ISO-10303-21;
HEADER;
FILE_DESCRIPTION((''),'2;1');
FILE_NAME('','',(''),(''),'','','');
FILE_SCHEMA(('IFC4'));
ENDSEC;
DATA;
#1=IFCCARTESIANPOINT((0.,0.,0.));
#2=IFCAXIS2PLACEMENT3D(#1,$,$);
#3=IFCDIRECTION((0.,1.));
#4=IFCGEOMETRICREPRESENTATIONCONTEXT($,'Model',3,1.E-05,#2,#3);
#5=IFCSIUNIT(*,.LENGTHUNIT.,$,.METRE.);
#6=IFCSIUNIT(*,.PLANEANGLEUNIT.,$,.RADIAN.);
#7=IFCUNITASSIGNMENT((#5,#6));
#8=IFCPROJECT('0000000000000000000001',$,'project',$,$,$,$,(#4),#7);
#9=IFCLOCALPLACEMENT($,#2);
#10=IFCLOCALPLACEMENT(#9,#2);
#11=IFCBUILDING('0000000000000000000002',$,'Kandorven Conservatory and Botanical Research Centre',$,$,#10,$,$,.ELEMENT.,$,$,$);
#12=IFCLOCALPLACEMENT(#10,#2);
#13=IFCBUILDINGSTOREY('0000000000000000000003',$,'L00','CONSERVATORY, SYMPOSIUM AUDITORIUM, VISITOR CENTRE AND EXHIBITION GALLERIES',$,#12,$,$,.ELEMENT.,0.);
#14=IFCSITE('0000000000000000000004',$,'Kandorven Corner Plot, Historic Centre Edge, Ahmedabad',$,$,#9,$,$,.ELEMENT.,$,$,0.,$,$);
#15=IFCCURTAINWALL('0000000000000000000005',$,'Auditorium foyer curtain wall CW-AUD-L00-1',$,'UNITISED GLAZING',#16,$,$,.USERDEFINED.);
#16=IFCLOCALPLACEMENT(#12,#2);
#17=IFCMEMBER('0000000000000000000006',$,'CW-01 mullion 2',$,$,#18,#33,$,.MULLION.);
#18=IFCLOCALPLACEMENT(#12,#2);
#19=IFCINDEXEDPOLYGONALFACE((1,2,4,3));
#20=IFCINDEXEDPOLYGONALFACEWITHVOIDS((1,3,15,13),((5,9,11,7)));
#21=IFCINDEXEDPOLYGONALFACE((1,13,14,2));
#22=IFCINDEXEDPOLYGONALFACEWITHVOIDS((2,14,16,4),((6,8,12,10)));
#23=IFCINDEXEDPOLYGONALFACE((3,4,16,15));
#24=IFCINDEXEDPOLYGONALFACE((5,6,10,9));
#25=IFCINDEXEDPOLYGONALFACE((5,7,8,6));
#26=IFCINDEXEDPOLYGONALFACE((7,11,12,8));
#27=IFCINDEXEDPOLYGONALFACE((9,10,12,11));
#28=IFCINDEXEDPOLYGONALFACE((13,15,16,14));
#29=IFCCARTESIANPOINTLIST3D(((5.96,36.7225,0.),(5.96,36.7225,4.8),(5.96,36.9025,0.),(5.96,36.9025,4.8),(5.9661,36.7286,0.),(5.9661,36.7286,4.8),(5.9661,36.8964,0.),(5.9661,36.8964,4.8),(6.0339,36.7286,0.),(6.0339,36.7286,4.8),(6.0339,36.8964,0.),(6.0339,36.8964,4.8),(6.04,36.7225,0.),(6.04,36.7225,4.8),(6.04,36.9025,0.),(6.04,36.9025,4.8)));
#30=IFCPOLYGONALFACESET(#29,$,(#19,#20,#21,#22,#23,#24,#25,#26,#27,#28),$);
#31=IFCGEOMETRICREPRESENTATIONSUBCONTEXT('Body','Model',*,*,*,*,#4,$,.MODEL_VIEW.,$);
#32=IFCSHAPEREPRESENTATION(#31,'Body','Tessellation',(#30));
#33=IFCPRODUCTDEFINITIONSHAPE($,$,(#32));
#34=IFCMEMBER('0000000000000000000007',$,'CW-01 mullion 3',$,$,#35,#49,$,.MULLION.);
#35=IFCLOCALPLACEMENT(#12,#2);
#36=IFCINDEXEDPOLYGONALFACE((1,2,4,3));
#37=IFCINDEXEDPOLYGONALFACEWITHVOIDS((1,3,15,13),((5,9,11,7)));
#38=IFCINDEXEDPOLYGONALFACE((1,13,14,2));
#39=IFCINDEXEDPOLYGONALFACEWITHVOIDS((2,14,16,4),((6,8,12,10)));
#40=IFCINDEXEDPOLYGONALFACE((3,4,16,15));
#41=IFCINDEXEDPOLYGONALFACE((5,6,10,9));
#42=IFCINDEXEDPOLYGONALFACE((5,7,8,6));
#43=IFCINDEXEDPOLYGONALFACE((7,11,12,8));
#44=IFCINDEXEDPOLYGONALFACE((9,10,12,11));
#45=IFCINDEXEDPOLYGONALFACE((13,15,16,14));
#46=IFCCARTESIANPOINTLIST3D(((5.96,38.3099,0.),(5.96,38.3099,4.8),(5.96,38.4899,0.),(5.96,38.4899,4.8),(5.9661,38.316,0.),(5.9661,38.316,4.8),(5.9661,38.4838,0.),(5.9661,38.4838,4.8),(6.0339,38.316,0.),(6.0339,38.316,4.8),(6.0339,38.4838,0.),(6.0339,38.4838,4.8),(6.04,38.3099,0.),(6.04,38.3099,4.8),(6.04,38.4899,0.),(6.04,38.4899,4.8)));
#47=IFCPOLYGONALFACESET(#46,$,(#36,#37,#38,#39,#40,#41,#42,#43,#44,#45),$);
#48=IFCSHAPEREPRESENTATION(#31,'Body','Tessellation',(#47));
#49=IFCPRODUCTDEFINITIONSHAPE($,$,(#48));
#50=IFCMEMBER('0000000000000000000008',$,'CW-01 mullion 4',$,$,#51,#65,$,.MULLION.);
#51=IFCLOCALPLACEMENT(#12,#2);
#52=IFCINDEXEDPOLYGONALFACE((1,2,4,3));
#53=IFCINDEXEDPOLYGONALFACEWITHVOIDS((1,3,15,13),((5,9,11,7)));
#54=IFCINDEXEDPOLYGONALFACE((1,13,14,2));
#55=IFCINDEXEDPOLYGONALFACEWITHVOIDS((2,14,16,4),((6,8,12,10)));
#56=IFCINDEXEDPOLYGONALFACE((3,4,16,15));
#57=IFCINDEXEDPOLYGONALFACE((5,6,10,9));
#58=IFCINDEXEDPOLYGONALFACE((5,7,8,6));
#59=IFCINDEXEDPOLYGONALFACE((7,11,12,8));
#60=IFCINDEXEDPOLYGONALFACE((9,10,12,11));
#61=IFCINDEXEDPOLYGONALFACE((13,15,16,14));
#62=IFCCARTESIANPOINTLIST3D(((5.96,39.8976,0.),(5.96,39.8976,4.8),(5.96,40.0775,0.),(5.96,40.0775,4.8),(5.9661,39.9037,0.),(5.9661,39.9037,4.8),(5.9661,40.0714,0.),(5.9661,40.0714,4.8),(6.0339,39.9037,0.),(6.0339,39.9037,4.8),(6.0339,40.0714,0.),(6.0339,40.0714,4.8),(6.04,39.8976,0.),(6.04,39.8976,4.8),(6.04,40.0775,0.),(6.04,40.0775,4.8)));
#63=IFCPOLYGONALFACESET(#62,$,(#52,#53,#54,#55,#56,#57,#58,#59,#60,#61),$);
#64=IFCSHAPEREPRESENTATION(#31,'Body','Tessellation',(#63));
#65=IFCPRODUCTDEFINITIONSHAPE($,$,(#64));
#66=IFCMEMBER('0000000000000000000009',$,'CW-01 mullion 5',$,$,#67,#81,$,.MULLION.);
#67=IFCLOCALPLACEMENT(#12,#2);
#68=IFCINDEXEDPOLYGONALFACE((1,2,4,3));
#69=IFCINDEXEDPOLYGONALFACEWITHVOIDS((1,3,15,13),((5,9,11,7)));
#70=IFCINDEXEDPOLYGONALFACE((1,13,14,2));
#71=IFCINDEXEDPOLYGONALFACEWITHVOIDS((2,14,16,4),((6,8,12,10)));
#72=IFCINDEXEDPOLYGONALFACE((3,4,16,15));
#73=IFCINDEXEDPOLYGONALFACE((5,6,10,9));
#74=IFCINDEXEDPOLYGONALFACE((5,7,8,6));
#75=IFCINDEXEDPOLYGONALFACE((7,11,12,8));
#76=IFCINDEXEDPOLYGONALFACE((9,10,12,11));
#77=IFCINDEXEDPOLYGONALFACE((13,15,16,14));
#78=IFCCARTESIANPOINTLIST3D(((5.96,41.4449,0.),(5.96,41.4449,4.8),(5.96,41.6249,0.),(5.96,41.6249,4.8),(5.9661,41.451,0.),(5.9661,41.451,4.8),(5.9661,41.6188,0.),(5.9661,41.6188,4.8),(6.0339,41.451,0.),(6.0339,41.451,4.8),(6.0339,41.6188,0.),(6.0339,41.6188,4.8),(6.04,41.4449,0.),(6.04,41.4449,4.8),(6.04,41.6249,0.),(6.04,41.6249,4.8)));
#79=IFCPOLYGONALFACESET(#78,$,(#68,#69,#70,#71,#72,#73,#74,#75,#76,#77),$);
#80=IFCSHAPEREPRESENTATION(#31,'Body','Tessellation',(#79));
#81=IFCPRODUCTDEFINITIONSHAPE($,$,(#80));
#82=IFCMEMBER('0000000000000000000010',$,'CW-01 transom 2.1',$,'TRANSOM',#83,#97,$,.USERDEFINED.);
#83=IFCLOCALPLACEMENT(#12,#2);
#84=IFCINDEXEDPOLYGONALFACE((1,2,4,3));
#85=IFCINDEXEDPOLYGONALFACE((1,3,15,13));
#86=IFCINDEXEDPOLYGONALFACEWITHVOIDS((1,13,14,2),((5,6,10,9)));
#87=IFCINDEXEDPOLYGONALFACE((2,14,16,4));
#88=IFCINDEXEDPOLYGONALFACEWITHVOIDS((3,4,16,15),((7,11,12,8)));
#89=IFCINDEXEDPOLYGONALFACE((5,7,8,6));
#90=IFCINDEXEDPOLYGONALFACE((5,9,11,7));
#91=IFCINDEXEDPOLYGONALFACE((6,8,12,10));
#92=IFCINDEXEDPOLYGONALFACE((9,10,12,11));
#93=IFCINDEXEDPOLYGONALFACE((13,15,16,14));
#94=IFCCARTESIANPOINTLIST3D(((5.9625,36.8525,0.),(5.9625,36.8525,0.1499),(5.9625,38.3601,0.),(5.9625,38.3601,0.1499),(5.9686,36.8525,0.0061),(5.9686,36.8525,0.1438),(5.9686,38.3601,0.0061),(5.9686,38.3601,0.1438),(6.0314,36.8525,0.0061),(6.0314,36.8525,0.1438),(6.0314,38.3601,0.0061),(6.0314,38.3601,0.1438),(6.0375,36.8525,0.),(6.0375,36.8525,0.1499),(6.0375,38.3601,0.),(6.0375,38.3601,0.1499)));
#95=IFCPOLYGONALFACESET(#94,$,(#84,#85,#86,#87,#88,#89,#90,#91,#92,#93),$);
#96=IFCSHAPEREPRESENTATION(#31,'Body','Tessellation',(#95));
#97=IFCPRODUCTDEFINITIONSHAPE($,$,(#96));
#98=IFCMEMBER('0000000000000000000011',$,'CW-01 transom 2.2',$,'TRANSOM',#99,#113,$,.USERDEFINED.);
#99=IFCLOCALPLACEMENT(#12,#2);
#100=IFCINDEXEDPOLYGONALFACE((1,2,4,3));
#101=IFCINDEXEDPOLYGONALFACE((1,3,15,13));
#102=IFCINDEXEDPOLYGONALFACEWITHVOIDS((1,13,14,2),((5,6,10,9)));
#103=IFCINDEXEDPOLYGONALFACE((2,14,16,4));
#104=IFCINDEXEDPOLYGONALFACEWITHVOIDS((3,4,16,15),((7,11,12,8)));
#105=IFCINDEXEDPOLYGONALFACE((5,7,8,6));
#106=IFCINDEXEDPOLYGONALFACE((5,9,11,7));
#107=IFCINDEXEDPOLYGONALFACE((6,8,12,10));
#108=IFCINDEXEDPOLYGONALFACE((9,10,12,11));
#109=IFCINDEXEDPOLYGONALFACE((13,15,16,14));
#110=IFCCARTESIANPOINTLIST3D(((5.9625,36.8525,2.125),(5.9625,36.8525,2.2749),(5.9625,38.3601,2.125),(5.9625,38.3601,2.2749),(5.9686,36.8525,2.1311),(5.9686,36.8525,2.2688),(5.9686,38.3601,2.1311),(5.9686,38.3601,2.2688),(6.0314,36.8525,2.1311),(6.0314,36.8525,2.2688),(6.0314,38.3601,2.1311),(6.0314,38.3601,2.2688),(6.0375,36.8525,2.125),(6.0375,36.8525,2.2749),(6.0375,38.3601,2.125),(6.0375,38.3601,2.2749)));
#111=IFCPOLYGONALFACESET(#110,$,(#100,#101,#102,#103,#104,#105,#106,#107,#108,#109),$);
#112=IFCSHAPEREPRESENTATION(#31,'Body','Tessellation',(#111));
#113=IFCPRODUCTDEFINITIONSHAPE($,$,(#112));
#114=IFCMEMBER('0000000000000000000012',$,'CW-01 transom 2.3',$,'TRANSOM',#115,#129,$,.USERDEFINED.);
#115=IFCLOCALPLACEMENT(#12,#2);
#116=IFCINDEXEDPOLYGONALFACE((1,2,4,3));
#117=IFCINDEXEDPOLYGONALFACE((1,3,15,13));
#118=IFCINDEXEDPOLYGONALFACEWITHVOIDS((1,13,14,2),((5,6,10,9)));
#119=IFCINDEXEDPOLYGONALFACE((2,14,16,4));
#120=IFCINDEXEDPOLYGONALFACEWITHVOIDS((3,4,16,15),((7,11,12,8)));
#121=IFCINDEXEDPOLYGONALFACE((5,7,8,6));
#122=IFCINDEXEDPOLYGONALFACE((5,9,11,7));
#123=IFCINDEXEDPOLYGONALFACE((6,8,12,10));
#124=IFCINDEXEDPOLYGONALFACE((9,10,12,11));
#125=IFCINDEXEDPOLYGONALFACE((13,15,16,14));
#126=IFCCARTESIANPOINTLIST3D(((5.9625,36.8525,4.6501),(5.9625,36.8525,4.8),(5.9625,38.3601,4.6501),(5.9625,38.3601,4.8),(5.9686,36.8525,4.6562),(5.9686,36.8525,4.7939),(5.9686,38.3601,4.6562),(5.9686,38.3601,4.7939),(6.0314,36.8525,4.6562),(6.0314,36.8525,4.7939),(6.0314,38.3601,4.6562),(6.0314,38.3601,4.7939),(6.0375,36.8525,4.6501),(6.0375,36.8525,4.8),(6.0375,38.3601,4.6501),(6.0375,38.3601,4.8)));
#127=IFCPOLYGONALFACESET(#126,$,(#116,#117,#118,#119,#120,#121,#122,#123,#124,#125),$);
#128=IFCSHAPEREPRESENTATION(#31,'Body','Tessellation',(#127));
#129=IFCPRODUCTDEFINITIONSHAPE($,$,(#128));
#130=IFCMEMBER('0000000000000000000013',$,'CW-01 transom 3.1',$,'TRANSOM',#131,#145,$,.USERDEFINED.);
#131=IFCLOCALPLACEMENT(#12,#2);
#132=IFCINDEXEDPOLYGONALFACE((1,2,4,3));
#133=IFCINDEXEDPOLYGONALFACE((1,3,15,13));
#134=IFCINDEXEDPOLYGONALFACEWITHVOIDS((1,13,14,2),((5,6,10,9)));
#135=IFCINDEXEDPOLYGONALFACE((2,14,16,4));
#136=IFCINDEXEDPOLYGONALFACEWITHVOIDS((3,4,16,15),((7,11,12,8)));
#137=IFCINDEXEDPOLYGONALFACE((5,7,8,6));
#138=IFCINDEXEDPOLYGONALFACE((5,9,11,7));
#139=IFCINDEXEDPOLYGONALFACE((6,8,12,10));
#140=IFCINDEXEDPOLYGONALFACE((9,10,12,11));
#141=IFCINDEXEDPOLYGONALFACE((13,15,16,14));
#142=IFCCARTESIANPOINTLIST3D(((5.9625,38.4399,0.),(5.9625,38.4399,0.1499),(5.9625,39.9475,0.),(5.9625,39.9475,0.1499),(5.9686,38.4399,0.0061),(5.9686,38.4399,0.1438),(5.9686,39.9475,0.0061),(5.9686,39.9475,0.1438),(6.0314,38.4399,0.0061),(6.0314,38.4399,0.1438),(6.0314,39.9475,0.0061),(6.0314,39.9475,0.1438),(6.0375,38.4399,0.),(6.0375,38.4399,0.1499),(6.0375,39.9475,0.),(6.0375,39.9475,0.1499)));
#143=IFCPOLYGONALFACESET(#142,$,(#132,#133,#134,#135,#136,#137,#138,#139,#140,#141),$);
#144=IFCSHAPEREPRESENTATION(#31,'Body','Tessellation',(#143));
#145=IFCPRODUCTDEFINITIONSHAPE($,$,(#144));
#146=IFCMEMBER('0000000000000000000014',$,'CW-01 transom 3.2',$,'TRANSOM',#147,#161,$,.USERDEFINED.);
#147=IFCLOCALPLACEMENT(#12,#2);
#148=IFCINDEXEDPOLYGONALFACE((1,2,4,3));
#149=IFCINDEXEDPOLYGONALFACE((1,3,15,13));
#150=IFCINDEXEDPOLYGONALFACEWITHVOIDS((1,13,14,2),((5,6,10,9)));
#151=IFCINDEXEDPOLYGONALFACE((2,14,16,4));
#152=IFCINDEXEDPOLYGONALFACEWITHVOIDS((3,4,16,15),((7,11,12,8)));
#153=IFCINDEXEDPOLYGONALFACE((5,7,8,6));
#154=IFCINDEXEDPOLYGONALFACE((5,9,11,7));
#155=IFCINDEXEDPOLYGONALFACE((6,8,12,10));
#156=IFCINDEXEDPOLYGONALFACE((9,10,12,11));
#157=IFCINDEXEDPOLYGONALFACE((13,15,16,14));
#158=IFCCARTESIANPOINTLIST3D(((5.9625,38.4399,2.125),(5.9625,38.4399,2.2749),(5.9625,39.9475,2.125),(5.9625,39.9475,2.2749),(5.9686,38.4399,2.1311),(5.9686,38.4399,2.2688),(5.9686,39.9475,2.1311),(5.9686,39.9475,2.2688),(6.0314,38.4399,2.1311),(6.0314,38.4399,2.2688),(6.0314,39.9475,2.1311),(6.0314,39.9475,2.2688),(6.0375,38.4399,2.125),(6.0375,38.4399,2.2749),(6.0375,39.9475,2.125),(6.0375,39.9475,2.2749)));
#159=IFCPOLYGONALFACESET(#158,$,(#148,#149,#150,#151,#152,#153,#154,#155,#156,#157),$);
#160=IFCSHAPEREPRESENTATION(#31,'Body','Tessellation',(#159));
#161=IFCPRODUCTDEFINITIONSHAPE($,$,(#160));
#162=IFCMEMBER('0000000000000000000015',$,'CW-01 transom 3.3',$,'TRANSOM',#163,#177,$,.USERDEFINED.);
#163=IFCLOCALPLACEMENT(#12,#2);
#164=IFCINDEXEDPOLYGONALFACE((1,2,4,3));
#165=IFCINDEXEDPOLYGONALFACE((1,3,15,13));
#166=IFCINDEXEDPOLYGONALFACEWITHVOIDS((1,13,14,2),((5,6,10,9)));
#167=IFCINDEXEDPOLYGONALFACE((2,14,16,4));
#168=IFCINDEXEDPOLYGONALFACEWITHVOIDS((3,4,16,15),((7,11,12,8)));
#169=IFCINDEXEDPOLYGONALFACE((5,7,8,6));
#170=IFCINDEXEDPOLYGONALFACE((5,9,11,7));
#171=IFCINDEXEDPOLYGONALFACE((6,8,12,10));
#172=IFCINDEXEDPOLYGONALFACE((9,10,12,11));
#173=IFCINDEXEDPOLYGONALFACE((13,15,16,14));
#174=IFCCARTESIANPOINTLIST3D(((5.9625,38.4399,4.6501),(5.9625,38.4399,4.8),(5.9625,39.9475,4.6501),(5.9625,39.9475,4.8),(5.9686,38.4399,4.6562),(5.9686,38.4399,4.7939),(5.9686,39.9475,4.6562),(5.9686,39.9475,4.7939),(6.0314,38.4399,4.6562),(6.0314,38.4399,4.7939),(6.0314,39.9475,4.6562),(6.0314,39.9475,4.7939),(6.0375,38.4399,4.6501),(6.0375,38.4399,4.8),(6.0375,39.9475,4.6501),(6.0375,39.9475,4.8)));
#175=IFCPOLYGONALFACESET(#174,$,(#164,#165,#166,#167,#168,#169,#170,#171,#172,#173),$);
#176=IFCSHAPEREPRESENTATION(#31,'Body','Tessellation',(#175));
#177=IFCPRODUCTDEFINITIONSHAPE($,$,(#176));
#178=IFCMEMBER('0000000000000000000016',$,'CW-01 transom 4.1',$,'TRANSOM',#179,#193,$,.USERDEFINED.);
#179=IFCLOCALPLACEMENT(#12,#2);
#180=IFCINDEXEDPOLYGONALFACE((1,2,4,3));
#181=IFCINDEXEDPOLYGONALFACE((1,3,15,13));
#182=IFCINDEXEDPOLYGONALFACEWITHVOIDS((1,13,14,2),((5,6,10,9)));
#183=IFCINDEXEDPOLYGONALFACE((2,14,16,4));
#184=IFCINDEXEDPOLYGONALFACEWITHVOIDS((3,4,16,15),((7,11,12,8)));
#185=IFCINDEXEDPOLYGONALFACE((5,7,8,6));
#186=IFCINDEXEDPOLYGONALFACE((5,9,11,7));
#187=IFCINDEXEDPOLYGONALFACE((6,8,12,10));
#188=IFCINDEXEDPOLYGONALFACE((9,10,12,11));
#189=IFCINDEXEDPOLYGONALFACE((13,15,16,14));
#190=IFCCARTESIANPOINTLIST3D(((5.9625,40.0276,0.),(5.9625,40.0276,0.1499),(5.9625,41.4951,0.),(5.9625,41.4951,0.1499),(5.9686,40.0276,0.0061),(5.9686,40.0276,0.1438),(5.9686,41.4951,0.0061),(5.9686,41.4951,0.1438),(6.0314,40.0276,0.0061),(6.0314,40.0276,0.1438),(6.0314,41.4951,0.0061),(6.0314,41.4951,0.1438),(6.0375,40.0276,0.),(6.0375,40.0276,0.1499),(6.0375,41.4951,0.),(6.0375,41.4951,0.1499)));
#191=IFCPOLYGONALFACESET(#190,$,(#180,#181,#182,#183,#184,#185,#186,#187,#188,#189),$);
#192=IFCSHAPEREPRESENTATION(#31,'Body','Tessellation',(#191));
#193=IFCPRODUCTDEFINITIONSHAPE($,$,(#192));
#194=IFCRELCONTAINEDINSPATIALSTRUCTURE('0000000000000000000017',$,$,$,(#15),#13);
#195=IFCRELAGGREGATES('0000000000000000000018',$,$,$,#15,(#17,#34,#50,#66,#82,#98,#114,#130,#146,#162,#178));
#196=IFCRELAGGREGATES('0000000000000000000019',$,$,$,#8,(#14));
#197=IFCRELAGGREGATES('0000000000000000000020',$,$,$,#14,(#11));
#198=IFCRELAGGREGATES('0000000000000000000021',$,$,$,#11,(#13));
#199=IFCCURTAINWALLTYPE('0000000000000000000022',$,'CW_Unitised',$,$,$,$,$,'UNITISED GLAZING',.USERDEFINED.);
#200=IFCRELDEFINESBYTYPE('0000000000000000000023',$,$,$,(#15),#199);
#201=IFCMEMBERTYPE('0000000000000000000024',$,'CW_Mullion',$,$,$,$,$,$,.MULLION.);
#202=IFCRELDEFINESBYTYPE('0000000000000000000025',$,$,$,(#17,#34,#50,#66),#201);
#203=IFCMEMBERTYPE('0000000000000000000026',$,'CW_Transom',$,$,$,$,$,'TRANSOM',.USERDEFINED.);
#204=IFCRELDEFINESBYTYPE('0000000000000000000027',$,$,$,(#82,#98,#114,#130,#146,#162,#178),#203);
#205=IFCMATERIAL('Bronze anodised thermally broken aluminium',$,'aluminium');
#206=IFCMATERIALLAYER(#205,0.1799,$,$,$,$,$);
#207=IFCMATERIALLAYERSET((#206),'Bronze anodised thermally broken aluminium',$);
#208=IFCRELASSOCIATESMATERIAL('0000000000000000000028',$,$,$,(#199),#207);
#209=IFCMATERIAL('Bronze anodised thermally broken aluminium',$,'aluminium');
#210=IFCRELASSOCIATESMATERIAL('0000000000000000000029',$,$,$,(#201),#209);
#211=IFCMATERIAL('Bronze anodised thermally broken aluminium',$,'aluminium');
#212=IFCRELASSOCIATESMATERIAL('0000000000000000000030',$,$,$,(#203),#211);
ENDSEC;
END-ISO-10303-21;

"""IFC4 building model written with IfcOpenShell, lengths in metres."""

from ifc_helpers import new_model, si_unit, direction, frame, origin, origin_2d, place, context, subcontext, project, spatial, hollow_rectangle, extrude, material, layer, layer_set, material_profile, profile_set, type_object, element, aggregate, save


model = new_model("IFC4")

# Units and contexts
model_context = context("Model", 3, precision=1e-05, world=origin(), true_north=direction((0.0, 1.0)))
body_context = subcontext(model_context, "Body", "Model", "MODEL_VIEW")
ifc_project = project(units=[si_unit("LENGTHUNIT", "METRE"), si_unit("PLANEANGLEUNIT", "RADIAN")], contexts=[model_context])

# Site, building, storey
site_placement = place(None, origin())
site = spatial("IfcSite", under=ifc_project, at=site_placement, Name="Kandorven Corner Plot, Historic Centre Edge, Ahmedabad", CompositionType="ELEMENT", RefElevation=0.0)
building_placement = place(site_placement, origin())
building = spatial("IfcBuilding", under=site, at=building_placement, Name="Kandorven Conservatory and Botanical Research Centre", CompositionType="ELEMENT")
storey_placement = place(building_placement, origin())
storey = spatial("IfcBuildingStorey", under=building, at=storey_placement, Name="L00", Description="CONSERVATORY, SYMPOSIUM AUDITORIUM, VISITOR CENTRE AND EXHIBITION GALLERIES", CompositionType="ELEMENT", Elevation=0.0)

# Curtain wall, members
ifc_material_1 = material(Name="Bronze anodised thermally broken aluminium", Category="aluminium")
ifc_layer_1 = layer(ifc_material_1, 0.1799)
ifc_layer_set_1 = layer_set([ifc_layer_1], Name="Bronze anodised thermally broken aluminium")
curtain_wall_type = type_object("IfcCurtainWallType", Name="CW_Unitised", ElementType="UNITISED GLAZING", PredefinedType="USERDEFINED", material=ifc_layer_set_1)
curtain_wall_placement = place(storey_placement, origin())
curtain_wall = element("IfcCurtainWall", 1, at=curtain_wall_placement, inside=storey, type_object=curtain_wall_type, Name="Auditorium foyer curtain wall CW-AUD-L00-1", ObjectType="UNITISED GLAZING", PredefinedType="USERDEFINED")
ifc_material_2 = material(Name="Bronze anodised thermally broken aluminium", Category="aluminium")
ifc_material_profile_1 = material_profile(ifc_material_2, hollow_rectangle(XDim=0.0801, YDim=0.1799, WallThickness=0.0061, at=origin_2d()))
ifc_profile_set_1 = profile_set([ifc_material_profile_1], Name="Bronze anodised thermally broken aluminium")
member_type_1 = type_object("IfcMemberType", Name="CW_Mullion", PredefinedType="MULLION", material=ifc_profile_set_1)
member_1_placement = place(storey_placement, frame((6.0, 36.8125, 0.0), z_axis=(0.0, 0.0, 1.0), x_axis=(-1.0, 0.0, 0.0)))
member_1 = element("IfcMember", 2, at=member_1_placement, type_object=member_type_1, Name="CW-01 mullion 2", PredefinedType="MULLION", context=body_context, shape_type="SweptSolid", body=[
    extrude(hollow_rectangle(XDim=0.0801, YDim=0.1799, WallThickness=0.0061, at=origin_2d()), origin(), (0.0, 0.0, 1.0), 4.8),
])
member_2_placement = place(storey_placement, frame((6.0, 38.3999, 0.0), z_axis=(0.0, 0.0, 1.0), x_axis=(-1.0, 0.0, 0.0)))
member_2 = element("IfcMember", 3, at=member_2_placement, type_object=member_type_1, Name="CW-01 mullion 3", PredefinedType="MULLION", context=body_context, shape_type="SweptSolid", body=[
    extrude(hollow_rectangle(XDim=0.0801, YDim=0.1799, WallThickness=0.0061, at=origin_2d()), origin(), (0.0, 0.0, 1.0), 4.8),
])
member_3_placement = place(storey_placement, frame((6.0, 39.9875, 0.0), z_axis=(0.0, 0.0, 1.0), x_axis=(-1.0, 0.0, 0.0)))
member_3 = element("IfcMember", 4, at=member_3_placement, type_object=member_type_1, Name="CW-01 mullion 4", PredefinedType="MULLION", context=body_context, shape_type="SweptSolid", body=[
    extrude(hollow_rectangle(XDim=0.0801, YDim=0.1799, WallThickness=0.0061, at=origin_2d()), origin(), (0.0, 0.0, 1.0), 4.8),
])
member_4_placement = place(storey_placement, frame((6.0, 41.5349, 0.0), z_axis=(0.0, 0.0, 1.0), x_axis=(-1.0, 0.0, 0.0)))
member_4 = element("IfcMember", 5, at=member_4_placement, type_object=member_type_1, Name="CW-01 mullion 5", PredefinedType="MULLION", context=body_context, shape_type="SweptSolid", body=[
    extrude(hollow_rectangle(XDim=0.0801, YDim=0.1799, WallThickness=0.0061, at=origin_2d()), origin(), (0.0, 0.0, 1.0), 4.8),
])
ifc_material_3 = material(Name="Bronze anodised thermally broken aluminium", Category="aluminium")
ifc_material_profile_2 = material_profile(ifc_material_3, hollow_rectangle(XDim=0.075, YDim=0.1499, WallThickness=0.0061, at=origin_2d()))
ifc_profile_set_2 = profile_set([ifc_material_profile_2], Name="Bronze anodised thermally broken aluminium")
member_type_2 = type_object("IfcMemberType", Name="CW_Transom", ElementType="TRANSOM", PredefinedType="USERDEFINED", material=ifc_profile_set_2)
member_5_placement = place(storey_placement, frame((6.0, 36.8525, 0.075), z_axis=(0.0, 1.0, 0.0), x_axis=(-1.0, 0.0, 0.0)))
member_5 = element("IfcMember", 6, at=member_5_placement, type_object=member_type_2, Name="CW-01 transom 2.1", ObjectType="TRANSOM", PredefinedType="USERDEFINED", context=body_context, shape_type="SweptSolid", body=[
    extrude(hollow_rectangle(XDim=0.075, YDim=0.1499, WallThickness=0.0061, at=origin_2d()), origin(), (0.0, 0.0, 1.0), 1.5076),
])
member_6_placement = place(storey_placement, frame((6.0, 36.8525, 2.2), z_axis=(0.0, 1.0, 0.0), x_axis=(-1.0, 0.0, 0.0)))
member_6 = element("IfcMember", 7, at=member_6_placement, type_object=member_type_2, Name="CW-01 transom 2.2", ObjectType="TRANSOM", PredefinedType="USERDEFINED", context=body_context, shape_type="SweptSolid", body=[
    extrude(hollow_rectangle(XDim=0.075, YDim=0.1499, WallThickness=0.0061, at=origin_2d()), origin(), (0.0, 0.0, 1.0), 1.5076),
])
member_7_placement = place(storey_placement, frame((6.0, 36.8525, 4.7251), z_axis=(0.0, 1.0, 0.0), x_axis=(-1.0, 0.0, 0.0)))
member_7 = element("IfcMember", 8, at=member_7_placement, type_object=member_type_2, Name="CW-01 transom 2.3", ObjectType="TRANSOM", PredefinedType="USERDEFINED", context=body_context, shape_type="SweptSolid", body=[
    extrude(hollow_rectangle(XDim=0.075, YDim=0.1499, WallThickness=0.0061, at=origin_2d()), origin(), (0.0, 0.0, 1.0), 1.5076),
])
member_8_placement = place(storey_placement, frame((6.0, 38.4399, 0.075), z_axis=(0.0, 1.0, 0.0), x_axis=(-1.0, 0.0, 0.0)))
member_8 = element("IfcMember", 9, at=member_8_placement, type_object=member_type_2, Name="CW-01 transom 3.1", ObjectType="TRANSOM", PredefinedType="USERDEFINED", context=body_context, shape_type="SweptSolid", body=[
    extrude(hollow_rectangle(XDim=0.075, YDim=0.1499, WallThickness=0.0061, at=origin_2d()), origin(), (0.0, 0.0, 1.0), 1.5076),
])
member_9_placement = place(storey_placement, frame((6.0, 38.4399, 2.2), z_axis=(0.0, 1.0, 0.0), x_axis=(-1.0, 0.0, 0.0)))
member_9 = element("IfcMember", 10, at=member_9_placement, type_object=member_type_2, Name="CW-01 transom 3.2", ObjectType="TRANSOM", PredefinedType="USERDEFINED", context=body_context, shape_type="SweptSolid", body=[
    extrude(hollow_rectangle(XDim=0.075, YDim=0.1499, WallThickness=0.0061, at=origin_2d()), origin(), (0.0, 0.0, 1.0), 1.5076),
])
member_10_placement = place(storey_placement, frame((6.0, 38.4399, 4.7251), z_axis=(0.0, 1.0, 0.0), x_axis=(-1.0, 0.0, 0.0)))
member_10 = element("IfcMember", 11, at=member_10_placement, type_object=member_type_2, Name="CW-01 transom 3.3", ObjectType="TRANSOM", PredefinedType="USERDEFINED", context=body_context, shape_type="SweptSolid", body=[
    extrude(hollow_rectangle(XDim=0.075, YDim=0.1499, WallThickness=0.0061, at=origin_2d()), origin(), (0.0, 0.0, 1.0), 1.5076),
])
member_11_placement = place(storey_placement, frame((6.0, 40.0276, 0.075), z_axis=(0.0, 1.0, 0.0), x_axis=(-1.0, 0.0, 0.0)))
member_11 = element("IfcMember", 12, at=member_11_placement, type_object=member_type_2, Name="CW-01 transom 4.1", ObjectType="TRANSOM", PredefinedType="USERDEFINED", context=body_context, shape_type="SweptSolid", body=[
    extrude(hollow_rectangle(XDim=0.075, YDim=0.1499, WallThickness=0.0061, at=origin_2d()), origin(), (0.0, 0.0, 1.0), 1.4675),
])
aggregate(curtain_wall, [member_1, member_2, member_3, member_4, member_5, member_6, member_7, member_8, member_9, member_10, member_11])

save(model, "model.ifc")
